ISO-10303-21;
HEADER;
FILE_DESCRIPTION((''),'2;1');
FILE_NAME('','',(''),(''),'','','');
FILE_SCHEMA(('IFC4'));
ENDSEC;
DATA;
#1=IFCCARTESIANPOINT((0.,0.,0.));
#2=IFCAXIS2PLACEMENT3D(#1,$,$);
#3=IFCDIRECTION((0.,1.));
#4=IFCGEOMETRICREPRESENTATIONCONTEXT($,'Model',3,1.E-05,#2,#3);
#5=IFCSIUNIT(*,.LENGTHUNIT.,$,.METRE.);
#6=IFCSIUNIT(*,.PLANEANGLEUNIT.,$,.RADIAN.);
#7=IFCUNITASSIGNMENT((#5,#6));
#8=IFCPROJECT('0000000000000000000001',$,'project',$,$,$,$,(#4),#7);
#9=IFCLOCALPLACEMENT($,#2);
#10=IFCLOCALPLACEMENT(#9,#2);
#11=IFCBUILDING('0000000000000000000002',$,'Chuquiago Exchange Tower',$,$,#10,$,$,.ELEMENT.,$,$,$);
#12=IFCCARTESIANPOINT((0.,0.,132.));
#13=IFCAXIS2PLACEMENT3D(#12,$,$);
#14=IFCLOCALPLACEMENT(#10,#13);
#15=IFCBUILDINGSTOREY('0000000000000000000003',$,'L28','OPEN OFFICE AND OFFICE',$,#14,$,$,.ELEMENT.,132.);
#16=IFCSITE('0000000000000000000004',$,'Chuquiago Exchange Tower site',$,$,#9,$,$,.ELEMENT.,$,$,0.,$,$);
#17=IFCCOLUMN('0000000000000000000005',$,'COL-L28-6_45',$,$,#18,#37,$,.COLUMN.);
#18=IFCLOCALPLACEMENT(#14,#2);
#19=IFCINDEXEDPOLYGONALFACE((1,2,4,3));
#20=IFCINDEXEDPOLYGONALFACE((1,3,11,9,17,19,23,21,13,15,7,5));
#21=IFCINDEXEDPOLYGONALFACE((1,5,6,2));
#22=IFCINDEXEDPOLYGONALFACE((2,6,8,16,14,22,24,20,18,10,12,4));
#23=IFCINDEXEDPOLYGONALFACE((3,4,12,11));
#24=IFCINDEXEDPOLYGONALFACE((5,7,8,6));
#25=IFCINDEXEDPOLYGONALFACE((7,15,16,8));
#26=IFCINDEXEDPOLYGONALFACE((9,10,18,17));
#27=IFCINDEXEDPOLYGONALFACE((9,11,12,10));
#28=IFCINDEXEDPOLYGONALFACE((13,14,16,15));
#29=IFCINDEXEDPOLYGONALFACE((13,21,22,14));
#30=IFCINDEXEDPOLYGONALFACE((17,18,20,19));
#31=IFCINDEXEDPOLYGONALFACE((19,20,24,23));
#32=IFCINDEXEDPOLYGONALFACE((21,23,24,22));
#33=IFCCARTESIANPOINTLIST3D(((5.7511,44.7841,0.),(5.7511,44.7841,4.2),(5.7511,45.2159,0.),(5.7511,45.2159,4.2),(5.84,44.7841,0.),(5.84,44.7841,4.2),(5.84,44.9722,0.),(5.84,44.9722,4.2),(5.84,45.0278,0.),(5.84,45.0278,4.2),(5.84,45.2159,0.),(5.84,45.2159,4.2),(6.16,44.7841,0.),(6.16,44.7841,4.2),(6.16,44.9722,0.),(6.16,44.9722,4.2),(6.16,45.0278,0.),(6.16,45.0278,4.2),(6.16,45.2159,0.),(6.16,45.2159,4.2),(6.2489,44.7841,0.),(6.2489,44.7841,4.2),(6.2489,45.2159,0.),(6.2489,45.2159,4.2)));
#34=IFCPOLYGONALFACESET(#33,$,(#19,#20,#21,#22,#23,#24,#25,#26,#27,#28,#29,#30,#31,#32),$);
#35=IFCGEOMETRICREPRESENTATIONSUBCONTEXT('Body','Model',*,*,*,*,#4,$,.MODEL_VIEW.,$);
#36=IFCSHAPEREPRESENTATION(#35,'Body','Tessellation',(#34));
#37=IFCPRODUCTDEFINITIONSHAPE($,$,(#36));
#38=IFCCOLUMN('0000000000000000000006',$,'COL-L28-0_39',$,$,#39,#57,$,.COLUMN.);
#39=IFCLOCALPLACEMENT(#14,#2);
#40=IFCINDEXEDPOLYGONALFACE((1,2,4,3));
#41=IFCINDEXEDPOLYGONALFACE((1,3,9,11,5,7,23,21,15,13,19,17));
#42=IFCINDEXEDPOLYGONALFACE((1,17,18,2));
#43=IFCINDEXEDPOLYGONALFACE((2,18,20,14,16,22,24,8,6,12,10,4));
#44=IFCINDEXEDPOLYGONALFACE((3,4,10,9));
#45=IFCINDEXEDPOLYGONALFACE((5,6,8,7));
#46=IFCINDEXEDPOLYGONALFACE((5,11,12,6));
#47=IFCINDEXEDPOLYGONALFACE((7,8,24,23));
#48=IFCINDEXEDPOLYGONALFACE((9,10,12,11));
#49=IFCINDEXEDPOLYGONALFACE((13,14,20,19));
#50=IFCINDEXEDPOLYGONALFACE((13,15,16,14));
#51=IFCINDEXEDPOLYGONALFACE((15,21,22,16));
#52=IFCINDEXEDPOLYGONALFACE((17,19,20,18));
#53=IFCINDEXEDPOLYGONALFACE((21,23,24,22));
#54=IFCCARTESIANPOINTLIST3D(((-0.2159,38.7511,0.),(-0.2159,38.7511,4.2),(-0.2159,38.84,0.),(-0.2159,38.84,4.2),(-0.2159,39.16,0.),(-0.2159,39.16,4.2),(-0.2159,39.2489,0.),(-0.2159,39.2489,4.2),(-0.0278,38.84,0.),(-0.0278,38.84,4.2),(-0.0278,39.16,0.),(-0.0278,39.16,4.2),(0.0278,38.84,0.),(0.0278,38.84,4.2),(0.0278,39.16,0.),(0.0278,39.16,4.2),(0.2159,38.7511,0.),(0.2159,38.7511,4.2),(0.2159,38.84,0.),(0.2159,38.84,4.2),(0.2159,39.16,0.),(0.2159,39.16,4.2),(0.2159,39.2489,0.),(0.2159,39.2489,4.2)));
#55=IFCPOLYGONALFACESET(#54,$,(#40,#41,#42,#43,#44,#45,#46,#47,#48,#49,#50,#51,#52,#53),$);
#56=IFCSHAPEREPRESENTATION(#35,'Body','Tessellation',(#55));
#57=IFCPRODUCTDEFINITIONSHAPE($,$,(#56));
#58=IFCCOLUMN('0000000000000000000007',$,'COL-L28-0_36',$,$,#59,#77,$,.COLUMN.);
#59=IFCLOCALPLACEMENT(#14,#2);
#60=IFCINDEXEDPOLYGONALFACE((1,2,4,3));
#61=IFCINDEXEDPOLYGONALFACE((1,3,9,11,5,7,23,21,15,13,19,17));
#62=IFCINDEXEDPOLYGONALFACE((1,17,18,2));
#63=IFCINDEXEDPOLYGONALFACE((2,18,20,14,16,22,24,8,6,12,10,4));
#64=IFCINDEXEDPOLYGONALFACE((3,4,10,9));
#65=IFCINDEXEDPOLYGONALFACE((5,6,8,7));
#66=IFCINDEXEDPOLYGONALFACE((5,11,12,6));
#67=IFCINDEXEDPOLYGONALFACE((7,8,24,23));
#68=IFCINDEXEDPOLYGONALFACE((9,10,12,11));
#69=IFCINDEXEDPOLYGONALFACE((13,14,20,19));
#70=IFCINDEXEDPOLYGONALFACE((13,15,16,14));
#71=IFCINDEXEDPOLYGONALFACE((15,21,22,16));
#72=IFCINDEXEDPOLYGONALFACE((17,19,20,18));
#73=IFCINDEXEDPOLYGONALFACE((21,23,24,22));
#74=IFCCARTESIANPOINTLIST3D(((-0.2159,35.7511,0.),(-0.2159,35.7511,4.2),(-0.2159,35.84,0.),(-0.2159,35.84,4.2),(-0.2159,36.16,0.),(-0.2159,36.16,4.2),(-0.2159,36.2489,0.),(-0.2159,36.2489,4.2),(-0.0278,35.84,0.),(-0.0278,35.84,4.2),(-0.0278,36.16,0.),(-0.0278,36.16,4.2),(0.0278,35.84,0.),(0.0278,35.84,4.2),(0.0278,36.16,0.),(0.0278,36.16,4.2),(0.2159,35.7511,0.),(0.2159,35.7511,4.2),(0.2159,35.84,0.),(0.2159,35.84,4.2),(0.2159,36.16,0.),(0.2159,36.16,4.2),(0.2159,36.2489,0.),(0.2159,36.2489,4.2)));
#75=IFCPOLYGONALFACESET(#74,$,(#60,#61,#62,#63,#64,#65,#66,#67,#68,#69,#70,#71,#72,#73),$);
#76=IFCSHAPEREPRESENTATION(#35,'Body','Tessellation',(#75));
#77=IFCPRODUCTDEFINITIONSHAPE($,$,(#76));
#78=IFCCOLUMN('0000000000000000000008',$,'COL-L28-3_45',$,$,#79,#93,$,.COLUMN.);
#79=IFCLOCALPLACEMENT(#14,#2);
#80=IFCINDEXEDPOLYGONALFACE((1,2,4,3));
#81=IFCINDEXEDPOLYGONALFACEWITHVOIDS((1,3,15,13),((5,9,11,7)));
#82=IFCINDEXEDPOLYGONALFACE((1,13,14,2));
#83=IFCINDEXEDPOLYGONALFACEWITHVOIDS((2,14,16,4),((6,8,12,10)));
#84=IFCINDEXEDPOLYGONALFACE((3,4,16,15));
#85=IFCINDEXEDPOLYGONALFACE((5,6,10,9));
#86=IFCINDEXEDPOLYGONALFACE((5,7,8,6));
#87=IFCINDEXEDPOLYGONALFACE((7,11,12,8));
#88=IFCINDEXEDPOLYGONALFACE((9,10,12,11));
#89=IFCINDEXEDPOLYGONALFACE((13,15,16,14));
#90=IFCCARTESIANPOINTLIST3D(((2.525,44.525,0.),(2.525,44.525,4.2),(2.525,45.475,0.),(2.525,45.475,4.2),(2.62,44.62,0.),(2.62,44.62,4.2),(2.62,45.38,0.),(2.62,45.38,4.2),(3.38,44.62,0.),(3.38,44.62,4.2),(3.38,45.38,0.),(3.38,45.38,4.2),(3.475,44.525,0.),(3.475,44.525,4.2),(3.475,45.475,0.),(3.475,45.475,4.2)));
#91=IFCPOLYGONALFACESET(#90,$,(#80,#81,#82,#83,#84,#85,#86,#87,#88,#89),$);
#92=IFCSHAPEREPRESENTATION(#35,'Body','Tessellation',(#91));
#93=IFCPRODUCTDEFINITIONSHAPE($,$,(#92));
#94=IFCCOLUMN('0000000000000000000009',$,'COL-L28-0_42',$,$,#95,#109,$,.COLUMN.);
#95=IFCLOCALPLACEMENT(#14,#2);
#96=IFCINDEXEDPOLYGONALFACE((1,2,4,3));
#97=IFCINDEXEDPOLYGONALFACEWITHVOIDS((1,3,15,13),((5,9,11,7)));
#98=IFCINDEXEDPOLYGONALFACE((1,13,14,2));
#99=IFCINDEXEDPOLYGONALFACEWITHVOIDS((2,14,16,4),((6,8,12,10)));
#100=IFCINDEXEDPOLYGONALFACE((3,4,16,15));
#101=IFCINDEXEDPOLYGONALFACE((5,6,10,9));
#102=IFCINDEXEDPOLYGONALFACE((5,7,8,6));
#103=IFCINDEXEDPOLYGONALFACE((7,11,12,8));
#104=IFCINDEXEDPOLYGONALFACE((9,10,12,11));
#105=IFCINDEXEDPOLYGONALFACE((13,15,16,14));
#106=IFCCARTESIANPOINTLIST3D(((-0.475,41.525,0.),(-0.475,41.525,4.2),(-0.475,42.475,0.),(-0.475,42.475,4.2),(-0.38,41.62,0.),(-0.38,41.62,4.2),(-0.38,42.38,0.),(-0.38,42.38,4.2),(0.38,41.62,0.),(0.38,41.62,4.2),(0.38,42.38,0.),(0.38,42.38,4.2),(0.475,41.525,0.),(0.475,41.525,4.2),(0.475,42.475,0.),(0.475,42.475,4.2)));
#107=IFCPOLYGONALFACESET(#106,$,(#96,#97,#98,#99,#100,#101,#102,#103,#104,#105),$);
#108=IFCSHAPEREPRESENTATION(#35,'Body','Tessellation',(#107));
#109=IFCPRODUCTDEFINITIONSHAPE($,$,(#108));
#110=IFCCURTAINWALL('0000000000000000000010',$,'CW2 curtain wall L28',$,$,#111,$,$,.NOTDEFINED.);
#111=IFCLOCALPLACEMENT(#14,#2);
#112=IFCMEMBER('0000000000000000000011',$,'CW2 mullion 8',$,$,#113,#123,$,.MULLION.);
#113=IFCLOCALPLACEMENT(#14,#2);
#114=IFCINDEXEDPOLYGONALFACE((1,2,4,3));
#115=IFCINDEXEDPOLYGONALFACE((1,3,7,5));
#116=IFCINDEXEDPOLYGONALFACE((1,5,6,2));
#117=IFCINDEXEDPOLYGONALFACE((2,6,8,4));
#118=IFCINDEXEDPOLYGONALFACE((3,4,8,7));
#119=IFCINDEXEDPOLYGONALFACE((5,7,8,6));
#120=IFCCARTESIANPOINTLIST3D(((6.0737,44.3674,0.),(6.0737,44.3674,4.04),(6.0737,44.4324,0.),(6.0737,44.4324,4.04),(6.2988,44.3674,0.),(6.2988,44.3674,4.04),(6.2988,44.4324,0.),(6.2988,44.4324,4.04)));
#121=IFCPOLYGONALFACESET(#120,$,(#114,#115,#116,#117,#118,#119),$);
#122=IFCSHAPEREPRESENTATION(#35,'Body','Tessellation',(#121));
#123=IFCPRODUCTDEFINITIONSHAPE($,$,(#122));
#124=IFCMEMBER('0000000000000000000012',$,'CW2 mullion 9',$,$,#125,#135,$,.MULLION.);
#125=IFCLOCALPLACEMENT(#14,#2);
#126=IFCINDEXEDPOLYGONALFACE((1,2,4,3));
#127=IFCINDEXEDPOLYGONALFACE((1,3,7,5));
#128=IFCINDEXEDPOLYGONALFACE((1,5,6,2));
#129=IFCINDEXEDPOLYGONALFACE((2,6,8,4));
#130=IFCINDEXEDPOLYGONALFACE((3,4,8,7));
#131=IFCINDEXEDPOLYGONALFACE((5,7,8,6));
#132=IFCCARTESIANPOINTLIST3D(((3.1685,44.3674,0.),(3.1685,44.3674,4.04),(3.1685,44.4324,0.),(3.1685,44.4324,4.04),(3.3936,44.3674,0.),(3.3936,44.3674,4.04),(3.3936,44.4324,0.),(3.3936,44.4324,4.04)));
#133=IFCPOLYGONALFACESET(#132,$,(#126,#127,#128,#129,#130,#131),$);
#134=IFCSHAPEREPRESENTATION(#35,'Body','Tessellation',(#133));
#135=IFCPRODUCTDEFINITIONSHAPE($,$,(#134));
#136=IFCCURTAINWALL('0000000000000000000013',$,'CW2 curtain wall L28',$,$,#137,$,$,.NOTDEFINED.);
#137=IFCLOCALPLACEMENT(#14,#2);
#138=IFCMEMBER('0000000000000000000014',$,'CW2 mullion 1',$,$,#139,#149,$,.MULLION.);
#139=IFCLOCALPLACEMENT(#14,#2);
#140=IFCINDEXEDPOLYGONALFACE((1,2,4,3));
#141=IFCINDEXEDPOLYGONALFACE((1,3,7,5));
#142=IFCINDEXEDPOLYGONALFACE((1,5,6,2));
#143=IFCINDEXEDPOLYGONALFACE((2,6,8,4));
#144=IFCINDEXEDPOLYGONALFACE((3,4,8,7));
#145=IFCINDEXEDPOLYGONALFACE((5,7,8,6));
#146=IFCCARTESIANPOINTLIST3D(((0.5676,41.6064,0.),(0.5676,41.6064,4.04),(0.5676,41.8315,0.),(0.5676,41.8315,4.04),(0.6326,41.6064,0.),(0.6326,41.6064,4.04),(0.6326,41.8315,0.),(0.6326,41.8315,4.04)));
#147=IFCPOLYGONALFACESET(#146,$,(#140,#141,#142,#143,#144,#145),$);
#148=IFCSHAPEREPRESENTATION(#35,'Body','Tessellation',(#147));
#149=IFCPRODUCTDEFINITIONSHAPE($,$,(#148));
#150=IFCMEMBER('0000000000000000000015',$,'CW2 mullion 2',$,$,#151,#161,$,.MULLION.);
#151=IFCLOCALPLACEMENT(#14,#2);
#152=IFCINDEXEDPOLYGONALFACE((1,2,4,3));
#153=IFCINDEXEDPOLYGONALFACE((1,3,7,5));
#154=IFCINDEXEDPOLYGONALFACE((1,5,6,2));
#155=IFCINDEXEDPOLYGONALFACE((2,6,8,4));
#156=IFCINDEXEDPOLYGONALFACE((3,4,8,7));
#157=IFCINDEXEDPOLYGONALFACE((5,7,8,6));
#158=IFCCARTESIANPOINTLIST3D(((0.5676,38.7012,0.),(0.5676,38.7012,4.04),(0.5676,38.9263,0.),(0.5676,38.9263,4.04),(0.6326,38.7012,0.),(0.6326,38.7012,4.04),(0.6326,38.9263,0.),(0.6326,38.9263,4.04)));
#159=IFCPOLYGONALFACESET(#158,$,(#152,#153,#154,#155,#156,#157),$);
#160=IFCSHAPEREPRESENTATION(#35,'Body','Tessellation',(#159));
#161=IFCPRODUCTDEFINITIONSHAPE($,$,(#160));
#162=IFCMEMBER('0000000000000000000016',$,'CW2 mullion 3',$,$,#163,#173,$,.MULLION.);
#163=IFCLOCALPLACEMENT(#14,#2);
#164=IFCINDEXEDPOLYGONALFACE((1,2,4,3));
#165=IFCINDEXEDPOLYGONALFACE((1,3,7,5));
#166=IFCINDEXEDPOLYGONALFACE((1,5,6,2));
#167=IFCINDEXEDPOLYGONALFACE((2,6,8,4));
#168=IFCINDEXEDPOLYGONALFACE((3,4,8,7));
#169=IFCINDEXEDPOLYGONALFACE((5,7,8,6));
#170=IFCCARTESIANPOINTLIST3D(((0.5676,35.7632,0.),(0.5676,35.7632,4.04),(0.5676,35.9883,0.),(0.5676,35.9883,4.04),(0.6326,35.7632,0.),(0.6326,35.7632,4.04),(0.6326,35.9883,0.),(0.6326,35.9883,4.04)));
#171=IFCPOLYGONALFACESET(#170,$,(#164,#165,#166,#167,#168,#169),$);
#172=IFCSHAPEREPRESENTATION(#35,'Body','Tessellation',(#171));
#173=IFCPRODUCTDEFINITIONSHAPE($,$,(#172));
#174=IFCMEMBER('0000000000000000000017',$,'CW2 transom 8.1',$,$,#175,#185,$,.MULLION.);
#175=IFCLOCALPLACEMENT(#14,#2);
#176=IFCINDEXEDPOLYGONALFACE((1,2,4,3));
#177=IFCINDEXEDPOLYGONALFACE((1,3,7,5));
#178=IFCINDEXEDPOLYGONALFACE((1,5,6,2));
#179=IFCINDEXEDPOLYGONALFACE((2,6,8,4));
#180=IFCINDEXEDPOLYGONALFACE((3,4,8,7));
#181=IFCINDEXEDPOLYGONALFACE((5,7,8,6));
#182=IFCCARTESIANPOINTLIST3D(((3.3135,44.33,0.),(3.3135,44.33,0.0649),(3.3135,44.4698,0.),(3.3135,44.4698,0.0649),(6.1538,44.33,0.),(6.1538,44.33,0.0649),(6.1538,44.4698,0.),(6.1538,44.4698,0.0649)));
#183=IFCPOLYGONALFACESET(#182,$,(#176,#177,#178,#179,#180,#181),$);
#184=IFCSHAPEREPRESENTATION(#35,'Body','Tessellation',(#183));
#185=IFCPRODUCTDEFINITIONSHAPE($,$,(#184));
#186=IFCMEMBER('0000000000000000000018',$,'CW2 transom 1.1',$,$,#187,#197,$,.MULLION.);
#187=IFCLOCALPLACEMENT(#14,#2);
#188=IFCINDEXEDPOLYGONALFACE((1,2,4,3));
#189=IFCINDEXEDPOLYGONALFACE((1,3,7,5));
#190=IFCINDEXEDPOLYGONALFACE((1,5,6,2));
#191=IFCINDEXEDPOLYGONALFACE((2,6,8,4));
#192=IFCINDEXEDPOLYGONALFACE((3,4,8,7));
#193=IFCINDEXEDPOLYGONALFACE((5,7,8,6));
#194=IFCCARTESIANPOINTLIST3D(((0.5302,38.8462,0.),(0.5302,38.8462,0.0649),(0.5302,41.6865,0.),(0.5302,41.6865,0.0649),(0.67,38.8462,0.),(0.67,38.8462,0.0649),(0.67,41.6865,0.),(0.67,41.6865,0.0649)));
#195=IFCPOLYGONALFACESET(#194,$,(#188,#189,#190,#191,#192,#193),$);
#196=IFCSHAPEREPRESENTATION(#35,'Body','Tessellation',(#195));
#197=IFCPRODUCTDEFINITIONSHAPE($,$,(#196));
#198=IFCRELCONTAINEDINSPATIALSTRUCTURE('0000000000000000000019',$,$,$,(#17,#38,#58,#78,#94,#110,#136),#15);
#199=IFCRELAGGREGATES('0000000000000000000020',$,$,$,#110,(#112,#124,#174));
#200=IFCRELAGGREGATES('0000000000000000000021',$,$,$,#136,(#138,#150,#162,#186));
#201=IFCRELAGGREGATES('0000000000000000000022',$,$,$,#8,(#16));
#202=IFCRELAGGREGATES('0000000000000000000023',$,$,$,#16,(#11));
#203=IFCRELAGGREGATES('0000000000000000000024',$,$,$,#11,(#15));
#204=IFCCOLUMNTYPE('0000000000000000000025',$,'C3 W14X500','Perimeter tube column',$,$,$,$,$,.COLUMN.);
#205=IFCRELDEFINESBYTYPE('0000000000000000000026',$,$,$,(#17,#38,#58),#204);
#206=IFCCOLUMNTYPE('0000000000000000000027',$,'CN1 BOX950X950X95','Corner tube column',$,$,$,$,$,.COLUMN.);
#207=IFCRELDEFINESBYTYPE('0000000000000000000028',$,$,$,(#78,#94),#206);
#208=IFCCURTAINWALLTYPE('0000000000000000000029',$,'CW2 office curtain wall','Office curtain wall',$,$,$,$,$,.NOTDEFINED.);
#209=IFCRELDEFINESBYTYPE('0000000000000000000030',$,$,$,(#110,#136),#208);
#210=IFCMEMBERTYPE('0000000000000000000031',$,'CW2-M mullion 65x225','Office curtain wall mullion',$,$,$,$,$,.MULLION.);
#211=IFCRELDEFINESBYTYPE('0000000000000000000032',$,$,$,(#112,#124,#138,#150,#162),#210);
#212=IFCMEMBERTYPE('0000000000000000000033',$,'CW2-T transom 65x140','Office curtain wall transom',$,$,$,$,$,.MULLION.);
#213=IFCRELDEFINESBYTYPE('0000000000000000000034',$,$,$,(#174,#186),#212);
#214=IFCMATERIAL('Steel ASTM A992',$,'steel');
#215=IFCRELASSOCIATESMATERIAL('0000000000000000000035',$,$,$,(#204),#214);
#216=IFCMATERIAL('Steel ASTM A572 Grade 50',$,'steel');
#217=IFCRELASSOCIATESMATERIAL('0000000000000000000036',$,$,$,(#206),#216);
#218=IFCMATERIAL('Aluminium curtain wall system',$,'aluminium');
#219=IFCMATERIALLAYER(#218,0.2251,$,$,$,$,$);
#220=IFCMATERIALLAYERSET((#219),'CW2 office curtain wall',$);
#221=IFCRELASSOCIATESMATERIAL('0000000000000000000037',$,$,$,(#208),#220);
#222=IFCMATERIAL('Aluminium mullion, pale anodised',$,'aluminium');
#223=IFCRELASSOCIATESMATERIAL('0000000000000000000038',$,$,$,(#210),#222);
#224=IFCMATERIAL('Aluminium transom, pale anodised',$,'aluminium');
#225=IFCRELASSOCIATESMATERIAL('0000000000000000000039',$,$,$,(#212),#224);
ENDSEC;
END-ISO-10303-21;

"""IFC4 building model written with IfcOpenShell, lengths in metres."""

from ifc_helpers import new_model, si_unit, direction, frame, origin, origin_2d, place, context, subcontext, project, spatial, rectangle, hollow_rectangle, i_section, extrude, material, layer, layer_set, material_profile, profile_set, type_object, element, aggregate, save


model = new_model("IFC4")

# Units and contexts
model_context = context("Model", 3, precision=1e-05, world=origin(), true_north=direction((0.0, 1.0)))
body_context = subcontext(model_context, "Body", "Model", "MODEL_VIEW")
ifc_project = project(units=[si_unit("LENGTHUNIT", "METRE"), si_unit("PLANEANGLEUNIT", "RADIAN")], contexts=[model_context])

# Site, building, storey
site_placement = place(None, origin())
site = spatial("IfcSite", under=ifc_project, at=site_placement, Name="Chuquiago Exchange Tower site", CompositionType="ELEMENT", RefElevation=0.0)
building_placement = place(site_placement, origin())
building = spatial("IfcBuilding", under=site, at=building_placement, Name="Chuquiago Exchange Tower", CompositionType="ELEMENT")
storey_placement = place(building_placement, frame((0.0, 0.0, 132.0)))
storey = spatial("IfcBuildingStorey", under=building, at=storey_placement, Name="L28", Description="OPEN OFFICE AND OFFICE", CompositionType="ELEMENT", Elevation=132.0)

# Columns
ifc_material_1 = material(Name="Steel ASTM A992", Category="steel")
ifc_material_profile_1 = material_profile(ifc_material_1, i_section(OverallWidth=0.4319, OverallDepth=0.4978, WebThickness=0.0557, FlangeThickness=0.0889, at=origin_2d()), Name="W14X500")
ifc_profile_set_1 = profile_set([ifc_material_profile_1], Name="Steel ASTM A992")
column_type_1 = type_object("IfcColumnType", Name="C3 W14X500", Description="Perimeter tube column", PredefinedType="COLUMN", material=ifc_profile_set_1)
for number, where, z_axis, x_axis, name in (
    (1, (6.0, 45.0, 0.0), (0.0, 0.0, 1.0), (0.0, 1.0, 0.0), "COL-L28-6_45"),
    (2, (0.0, 39.0, 0.0), (0.0, 0.0, 1.0), (-1.0, 0.0, 0.0), "COL-L28-0_39"),
    (3, (0.0, 36.0, 0.0), (0.0, 0.0, 1.0), (-1.0, 0.0, 0.0), "COL-L28-0_36"),
):
    element("IfcColumn", number, at=place(storey_placement, frame(where, z_axis=z_axis, x_axis=x_axis)), inside=storey, type_object=column_type_1, Name=name, PredefinedType="COLUMN", context=body_context, shape_type="SweptSolid", body=[
        extrude(i_section(OverallWidth=0.4319, OverallDepth=0.4978, WebThickness=0.0557, FlangeThickness=0.0889, at=origin_2d()), origin(), (0.0, 0.0, 1.0), 4.2),
    ])
ifc_material_2 = material(Name="Steel ASTM A572 Grade 50", Category="steel")
ifc_material_profile_2 = material_profile(ifc_material_2, hollow_rectangle(XDim=0.95, YDim=0.95, WallThickness=0.095, at=origin_2d()), Name="BOX950X950X95")
ifc_profile_set_2 = profile_set([ifc_material_profile_2], Name="Steel ASTM A572 Grade 50")
column_type_2 = type_object("IfcColumnType", Name="CN1 BOX950X950X95", Description="Corner tube column", PredefinedType="COLUMN", material=ifc_profile_set_2)
for number, where, z_axis, x_axis, name in (
    (4, (3.0, 45.0, 0.0), (0.0, 0.0, 1.0), (0.0, 1.0, 0.0), "COL-L28-3_45"),
    (5, (0.0, 42.0, 0.0), (0.0, 0.0, 1.0), (-1.0, 0.0, 0.0), "COL-L28-0_42"),
):
    element("IfcColumn", number, at=place(storey_placement, frame(where, z_axis=z_axis, x_axis=x_axis)), inside=storey, type_object=column_type_2, Name=name, PredefinedType="COLUMN", context=body_context, shape_type="SweptSolid", body=[
        extrude(hollow_rectangle(XDim=0.95, YDim=0.95, WallThickness=0.095, at=origin_2d()), origin(), (0.0, 0.0, 1.0), 4.2),
    ])

# Curtain walls, members
ifc_material_3 = material(Name="Aluminium curtain wall system", Category="aluminium")
ifc_layer_1 = layer(ifc_material_3, 0.2251)
ifc_layer_set_1 = layer_set([ifc_layer_1], Name="CW2 office curtain wall")
curtain_wall_type_1 = type_object("IfcCurtainWallType", Name="CW2 office curtain wall", Description="Office curtain wall", PredefinedType="NOTDEFINED", material=ifc_layer_set_1)
curtain_wall_1_placement = place(storey_placement, origin())
curtain_wall_1 = element("IfcCurtainWall", 6, at=curtain_wall_1_placement, inside=storey, type_object=curtain_wall_type_1, Name="CW2 curtain wall L28", PredefinedType="NOTDEFINED")
ifc_material_4 = material(Name="Aluminium mullion, pale anodised", Category="aluminium")
ifc_material_profile_3 = material_profile(ifc_material_4, rectangle(XDim=0.0649, YDim=0.2251, at=origin_2d()), Name="AL 65x225")
ifc_profile_set_3 = profile_set([ifc_material_profile_3], Name="Aluminium mullion, pale anodised")
member_type_1 = type_object("IfcMemberType", Name="CW2-M mullion 65x225", Description="Office curtain wall mullion", PredefinedType="MULLION", material=ifc_profile_set_3)
member_1_placement = place(storey_placement, frame((6.1863, 44.3999, 0.0), z_axis=(0.0, 0.0, 1.0), x_axis=(0.0, -1.0, 0.0)))
member_1 = element("IfcMember", 7, at=member_1_placement, type_object=member_type_1, Name="CW2 mullion 8", PredefinedType="MULLION", context=body_context, shape_type="SweptSolid", body=[
    extrude(rectangle(XDim=0.0649, YDim=0.2251, at=origin_2d()), origin(), (0.0, 0.0, 1.0), 4.04),
])
member_2_placement = place(storey_placement, frame((3.281, 44.3999, 0.0), z_axis=(0.0, 0.0, 1.0), x_axis=(0.0, -1.0, 0.0)))
member_2 = element("IfcMember", 8, at=member_2_placement, type_object=member_type_1, Name="CW2 mullion 9", PredefinedType="MULLION", context=body_context, shape_type="SweptSolid", body=[
    extrude(rectangle(XDim=0.0649, YDim=0.2251, at=origin_2d()), origin(), (0.0, 0.0, 1.0), 4.04),
])
curtain_wall_2_placement = place(storey_placement, origin())
curtain_wall_2 = element("IfcCurtainWall", 9, at=curtain_wall_2_placement, inside=storey, type_object=curtain_wall_type_1, Name="CW2 curtain wall L28", PredefinedType="NOTDEFINED")
member_3_placement = place(storey_placement, frame((0.6001, 41.719, 0.0), z_axis=(0.0, 0.0, 1.0), x_axis=(1.0, 0.0, 0.0)))
member_3 = element("IfcMember", 10, at=member_3_placement, type_object=member_type_1, Name="CW2 mullion 1", PredefinedType="MULLION", context=body_context, shape_type="SweptSolid", body=[
    extrude(rectangle(XDim=0.0649, YDim=0.2251, at=origin_2d()), origin(), (0.0, 0.0, 1.0), 4.04),
])
member_4_placement = place(storey_placement, frame((0.6001, 38.8137, 0.0), z_axis=(0.0, 0.0, 1.0), x_axis=(1.0, 0.0, 0.0)))
member_4 = element("IfcMember", 11, at=member_4_placement, type_object=member_type_1, Name="CW2 mullion 2", PredefinedType="MULLION", context=body_context, shape_type="SweptSolid", body=[
    extrude(rectangle(XDim=0.0649, YDim=0.2251, at=origin_2d()), origin(), (0.0, 0.0, 1.0), 4.04),
])
member_5_placement = place(storey_placement, frame((0.6001, 35.8757, 0.0), z_axis=(0.0, 0.0, 1.0), x_axis=(1.0, 0.0, 0.0)))
member_5 = element("IfcMember", 12, at=member_5_placement, type_object=member_type_1, Name="CW2 mullion 3", PredefinedType="MULLION", context=body_context, shape_type="SweptSolid", body=[
    extrude(rectangle(XDim=0.0649, YDim=0.2251, at=origin_2d()), origin(), (0.0, 0.0, 1.0), 4.04),
])

# Members
ifc_material_5 = material(Name="Aluminium transom, pale anodised", Category="aluminium")
ifc_material_profile_4 = material_profile(ifc_material_5, rectangle(XDim=0.1399, YDim=0.0649, at=origin_2d()), Name="AL 140x65")
ifc_profile_set_4 = profile_set([ifc_material_profile_4], Name="Aluminium transom, pale anodised")
member_type_2 = type_object("IfcMemberType", Name="CW2-T transom 65x140", Description="Office curtain wall transom", PredefinedType="MULLION", material=ifc_profile_set_4)
member_6_placement = place(storey_placement, frame((6.1538, 44.3999, 0.0325), z_axis=(-1.0, 0.0, 0.0), x_axis=(0.0, -1.0, 0.0)))
member_6 = element("IfcMember", 13, at=member_6_placement, type_object=member_type_2, Name="CW2 transom 8.1", PredefinedType="MULLION", context=body_context, shape_type="SweptSolid", body=[
    extrude(rectangle(XDim=0.1399, YDim=0.0649, at=origin_2d()), origin(), (0.0, 0.0, 1.0), 2.8403),
])
member_7_placement = place(storey_placement, frame((0.6001, 41.6865, 0.0325), z_axis=(0.0, -1.0, 0.0), x_axis=(1.0, 0.0, 0.0)))
member_7 = element("IfcMember", 14, at=member_7_placement, type_object=member_type_2, Name="CW2 transom 1.1", PredefinedType="MULLION", context=body_context, shape_type="SweptSolid", body=[
    extrude(rectangle(XDim=0.1399, YDim=0.0649, at=origin_2d()), origin(), (0.0, 0.0, 1.0), 2.8403),
])

aggregate(curtain_wall_1, [member_1, member_2, member_6])
aggregate(curtain_wall_2, [member_3, member_4, member_5, member_7])

save(model, "model.ifc")
